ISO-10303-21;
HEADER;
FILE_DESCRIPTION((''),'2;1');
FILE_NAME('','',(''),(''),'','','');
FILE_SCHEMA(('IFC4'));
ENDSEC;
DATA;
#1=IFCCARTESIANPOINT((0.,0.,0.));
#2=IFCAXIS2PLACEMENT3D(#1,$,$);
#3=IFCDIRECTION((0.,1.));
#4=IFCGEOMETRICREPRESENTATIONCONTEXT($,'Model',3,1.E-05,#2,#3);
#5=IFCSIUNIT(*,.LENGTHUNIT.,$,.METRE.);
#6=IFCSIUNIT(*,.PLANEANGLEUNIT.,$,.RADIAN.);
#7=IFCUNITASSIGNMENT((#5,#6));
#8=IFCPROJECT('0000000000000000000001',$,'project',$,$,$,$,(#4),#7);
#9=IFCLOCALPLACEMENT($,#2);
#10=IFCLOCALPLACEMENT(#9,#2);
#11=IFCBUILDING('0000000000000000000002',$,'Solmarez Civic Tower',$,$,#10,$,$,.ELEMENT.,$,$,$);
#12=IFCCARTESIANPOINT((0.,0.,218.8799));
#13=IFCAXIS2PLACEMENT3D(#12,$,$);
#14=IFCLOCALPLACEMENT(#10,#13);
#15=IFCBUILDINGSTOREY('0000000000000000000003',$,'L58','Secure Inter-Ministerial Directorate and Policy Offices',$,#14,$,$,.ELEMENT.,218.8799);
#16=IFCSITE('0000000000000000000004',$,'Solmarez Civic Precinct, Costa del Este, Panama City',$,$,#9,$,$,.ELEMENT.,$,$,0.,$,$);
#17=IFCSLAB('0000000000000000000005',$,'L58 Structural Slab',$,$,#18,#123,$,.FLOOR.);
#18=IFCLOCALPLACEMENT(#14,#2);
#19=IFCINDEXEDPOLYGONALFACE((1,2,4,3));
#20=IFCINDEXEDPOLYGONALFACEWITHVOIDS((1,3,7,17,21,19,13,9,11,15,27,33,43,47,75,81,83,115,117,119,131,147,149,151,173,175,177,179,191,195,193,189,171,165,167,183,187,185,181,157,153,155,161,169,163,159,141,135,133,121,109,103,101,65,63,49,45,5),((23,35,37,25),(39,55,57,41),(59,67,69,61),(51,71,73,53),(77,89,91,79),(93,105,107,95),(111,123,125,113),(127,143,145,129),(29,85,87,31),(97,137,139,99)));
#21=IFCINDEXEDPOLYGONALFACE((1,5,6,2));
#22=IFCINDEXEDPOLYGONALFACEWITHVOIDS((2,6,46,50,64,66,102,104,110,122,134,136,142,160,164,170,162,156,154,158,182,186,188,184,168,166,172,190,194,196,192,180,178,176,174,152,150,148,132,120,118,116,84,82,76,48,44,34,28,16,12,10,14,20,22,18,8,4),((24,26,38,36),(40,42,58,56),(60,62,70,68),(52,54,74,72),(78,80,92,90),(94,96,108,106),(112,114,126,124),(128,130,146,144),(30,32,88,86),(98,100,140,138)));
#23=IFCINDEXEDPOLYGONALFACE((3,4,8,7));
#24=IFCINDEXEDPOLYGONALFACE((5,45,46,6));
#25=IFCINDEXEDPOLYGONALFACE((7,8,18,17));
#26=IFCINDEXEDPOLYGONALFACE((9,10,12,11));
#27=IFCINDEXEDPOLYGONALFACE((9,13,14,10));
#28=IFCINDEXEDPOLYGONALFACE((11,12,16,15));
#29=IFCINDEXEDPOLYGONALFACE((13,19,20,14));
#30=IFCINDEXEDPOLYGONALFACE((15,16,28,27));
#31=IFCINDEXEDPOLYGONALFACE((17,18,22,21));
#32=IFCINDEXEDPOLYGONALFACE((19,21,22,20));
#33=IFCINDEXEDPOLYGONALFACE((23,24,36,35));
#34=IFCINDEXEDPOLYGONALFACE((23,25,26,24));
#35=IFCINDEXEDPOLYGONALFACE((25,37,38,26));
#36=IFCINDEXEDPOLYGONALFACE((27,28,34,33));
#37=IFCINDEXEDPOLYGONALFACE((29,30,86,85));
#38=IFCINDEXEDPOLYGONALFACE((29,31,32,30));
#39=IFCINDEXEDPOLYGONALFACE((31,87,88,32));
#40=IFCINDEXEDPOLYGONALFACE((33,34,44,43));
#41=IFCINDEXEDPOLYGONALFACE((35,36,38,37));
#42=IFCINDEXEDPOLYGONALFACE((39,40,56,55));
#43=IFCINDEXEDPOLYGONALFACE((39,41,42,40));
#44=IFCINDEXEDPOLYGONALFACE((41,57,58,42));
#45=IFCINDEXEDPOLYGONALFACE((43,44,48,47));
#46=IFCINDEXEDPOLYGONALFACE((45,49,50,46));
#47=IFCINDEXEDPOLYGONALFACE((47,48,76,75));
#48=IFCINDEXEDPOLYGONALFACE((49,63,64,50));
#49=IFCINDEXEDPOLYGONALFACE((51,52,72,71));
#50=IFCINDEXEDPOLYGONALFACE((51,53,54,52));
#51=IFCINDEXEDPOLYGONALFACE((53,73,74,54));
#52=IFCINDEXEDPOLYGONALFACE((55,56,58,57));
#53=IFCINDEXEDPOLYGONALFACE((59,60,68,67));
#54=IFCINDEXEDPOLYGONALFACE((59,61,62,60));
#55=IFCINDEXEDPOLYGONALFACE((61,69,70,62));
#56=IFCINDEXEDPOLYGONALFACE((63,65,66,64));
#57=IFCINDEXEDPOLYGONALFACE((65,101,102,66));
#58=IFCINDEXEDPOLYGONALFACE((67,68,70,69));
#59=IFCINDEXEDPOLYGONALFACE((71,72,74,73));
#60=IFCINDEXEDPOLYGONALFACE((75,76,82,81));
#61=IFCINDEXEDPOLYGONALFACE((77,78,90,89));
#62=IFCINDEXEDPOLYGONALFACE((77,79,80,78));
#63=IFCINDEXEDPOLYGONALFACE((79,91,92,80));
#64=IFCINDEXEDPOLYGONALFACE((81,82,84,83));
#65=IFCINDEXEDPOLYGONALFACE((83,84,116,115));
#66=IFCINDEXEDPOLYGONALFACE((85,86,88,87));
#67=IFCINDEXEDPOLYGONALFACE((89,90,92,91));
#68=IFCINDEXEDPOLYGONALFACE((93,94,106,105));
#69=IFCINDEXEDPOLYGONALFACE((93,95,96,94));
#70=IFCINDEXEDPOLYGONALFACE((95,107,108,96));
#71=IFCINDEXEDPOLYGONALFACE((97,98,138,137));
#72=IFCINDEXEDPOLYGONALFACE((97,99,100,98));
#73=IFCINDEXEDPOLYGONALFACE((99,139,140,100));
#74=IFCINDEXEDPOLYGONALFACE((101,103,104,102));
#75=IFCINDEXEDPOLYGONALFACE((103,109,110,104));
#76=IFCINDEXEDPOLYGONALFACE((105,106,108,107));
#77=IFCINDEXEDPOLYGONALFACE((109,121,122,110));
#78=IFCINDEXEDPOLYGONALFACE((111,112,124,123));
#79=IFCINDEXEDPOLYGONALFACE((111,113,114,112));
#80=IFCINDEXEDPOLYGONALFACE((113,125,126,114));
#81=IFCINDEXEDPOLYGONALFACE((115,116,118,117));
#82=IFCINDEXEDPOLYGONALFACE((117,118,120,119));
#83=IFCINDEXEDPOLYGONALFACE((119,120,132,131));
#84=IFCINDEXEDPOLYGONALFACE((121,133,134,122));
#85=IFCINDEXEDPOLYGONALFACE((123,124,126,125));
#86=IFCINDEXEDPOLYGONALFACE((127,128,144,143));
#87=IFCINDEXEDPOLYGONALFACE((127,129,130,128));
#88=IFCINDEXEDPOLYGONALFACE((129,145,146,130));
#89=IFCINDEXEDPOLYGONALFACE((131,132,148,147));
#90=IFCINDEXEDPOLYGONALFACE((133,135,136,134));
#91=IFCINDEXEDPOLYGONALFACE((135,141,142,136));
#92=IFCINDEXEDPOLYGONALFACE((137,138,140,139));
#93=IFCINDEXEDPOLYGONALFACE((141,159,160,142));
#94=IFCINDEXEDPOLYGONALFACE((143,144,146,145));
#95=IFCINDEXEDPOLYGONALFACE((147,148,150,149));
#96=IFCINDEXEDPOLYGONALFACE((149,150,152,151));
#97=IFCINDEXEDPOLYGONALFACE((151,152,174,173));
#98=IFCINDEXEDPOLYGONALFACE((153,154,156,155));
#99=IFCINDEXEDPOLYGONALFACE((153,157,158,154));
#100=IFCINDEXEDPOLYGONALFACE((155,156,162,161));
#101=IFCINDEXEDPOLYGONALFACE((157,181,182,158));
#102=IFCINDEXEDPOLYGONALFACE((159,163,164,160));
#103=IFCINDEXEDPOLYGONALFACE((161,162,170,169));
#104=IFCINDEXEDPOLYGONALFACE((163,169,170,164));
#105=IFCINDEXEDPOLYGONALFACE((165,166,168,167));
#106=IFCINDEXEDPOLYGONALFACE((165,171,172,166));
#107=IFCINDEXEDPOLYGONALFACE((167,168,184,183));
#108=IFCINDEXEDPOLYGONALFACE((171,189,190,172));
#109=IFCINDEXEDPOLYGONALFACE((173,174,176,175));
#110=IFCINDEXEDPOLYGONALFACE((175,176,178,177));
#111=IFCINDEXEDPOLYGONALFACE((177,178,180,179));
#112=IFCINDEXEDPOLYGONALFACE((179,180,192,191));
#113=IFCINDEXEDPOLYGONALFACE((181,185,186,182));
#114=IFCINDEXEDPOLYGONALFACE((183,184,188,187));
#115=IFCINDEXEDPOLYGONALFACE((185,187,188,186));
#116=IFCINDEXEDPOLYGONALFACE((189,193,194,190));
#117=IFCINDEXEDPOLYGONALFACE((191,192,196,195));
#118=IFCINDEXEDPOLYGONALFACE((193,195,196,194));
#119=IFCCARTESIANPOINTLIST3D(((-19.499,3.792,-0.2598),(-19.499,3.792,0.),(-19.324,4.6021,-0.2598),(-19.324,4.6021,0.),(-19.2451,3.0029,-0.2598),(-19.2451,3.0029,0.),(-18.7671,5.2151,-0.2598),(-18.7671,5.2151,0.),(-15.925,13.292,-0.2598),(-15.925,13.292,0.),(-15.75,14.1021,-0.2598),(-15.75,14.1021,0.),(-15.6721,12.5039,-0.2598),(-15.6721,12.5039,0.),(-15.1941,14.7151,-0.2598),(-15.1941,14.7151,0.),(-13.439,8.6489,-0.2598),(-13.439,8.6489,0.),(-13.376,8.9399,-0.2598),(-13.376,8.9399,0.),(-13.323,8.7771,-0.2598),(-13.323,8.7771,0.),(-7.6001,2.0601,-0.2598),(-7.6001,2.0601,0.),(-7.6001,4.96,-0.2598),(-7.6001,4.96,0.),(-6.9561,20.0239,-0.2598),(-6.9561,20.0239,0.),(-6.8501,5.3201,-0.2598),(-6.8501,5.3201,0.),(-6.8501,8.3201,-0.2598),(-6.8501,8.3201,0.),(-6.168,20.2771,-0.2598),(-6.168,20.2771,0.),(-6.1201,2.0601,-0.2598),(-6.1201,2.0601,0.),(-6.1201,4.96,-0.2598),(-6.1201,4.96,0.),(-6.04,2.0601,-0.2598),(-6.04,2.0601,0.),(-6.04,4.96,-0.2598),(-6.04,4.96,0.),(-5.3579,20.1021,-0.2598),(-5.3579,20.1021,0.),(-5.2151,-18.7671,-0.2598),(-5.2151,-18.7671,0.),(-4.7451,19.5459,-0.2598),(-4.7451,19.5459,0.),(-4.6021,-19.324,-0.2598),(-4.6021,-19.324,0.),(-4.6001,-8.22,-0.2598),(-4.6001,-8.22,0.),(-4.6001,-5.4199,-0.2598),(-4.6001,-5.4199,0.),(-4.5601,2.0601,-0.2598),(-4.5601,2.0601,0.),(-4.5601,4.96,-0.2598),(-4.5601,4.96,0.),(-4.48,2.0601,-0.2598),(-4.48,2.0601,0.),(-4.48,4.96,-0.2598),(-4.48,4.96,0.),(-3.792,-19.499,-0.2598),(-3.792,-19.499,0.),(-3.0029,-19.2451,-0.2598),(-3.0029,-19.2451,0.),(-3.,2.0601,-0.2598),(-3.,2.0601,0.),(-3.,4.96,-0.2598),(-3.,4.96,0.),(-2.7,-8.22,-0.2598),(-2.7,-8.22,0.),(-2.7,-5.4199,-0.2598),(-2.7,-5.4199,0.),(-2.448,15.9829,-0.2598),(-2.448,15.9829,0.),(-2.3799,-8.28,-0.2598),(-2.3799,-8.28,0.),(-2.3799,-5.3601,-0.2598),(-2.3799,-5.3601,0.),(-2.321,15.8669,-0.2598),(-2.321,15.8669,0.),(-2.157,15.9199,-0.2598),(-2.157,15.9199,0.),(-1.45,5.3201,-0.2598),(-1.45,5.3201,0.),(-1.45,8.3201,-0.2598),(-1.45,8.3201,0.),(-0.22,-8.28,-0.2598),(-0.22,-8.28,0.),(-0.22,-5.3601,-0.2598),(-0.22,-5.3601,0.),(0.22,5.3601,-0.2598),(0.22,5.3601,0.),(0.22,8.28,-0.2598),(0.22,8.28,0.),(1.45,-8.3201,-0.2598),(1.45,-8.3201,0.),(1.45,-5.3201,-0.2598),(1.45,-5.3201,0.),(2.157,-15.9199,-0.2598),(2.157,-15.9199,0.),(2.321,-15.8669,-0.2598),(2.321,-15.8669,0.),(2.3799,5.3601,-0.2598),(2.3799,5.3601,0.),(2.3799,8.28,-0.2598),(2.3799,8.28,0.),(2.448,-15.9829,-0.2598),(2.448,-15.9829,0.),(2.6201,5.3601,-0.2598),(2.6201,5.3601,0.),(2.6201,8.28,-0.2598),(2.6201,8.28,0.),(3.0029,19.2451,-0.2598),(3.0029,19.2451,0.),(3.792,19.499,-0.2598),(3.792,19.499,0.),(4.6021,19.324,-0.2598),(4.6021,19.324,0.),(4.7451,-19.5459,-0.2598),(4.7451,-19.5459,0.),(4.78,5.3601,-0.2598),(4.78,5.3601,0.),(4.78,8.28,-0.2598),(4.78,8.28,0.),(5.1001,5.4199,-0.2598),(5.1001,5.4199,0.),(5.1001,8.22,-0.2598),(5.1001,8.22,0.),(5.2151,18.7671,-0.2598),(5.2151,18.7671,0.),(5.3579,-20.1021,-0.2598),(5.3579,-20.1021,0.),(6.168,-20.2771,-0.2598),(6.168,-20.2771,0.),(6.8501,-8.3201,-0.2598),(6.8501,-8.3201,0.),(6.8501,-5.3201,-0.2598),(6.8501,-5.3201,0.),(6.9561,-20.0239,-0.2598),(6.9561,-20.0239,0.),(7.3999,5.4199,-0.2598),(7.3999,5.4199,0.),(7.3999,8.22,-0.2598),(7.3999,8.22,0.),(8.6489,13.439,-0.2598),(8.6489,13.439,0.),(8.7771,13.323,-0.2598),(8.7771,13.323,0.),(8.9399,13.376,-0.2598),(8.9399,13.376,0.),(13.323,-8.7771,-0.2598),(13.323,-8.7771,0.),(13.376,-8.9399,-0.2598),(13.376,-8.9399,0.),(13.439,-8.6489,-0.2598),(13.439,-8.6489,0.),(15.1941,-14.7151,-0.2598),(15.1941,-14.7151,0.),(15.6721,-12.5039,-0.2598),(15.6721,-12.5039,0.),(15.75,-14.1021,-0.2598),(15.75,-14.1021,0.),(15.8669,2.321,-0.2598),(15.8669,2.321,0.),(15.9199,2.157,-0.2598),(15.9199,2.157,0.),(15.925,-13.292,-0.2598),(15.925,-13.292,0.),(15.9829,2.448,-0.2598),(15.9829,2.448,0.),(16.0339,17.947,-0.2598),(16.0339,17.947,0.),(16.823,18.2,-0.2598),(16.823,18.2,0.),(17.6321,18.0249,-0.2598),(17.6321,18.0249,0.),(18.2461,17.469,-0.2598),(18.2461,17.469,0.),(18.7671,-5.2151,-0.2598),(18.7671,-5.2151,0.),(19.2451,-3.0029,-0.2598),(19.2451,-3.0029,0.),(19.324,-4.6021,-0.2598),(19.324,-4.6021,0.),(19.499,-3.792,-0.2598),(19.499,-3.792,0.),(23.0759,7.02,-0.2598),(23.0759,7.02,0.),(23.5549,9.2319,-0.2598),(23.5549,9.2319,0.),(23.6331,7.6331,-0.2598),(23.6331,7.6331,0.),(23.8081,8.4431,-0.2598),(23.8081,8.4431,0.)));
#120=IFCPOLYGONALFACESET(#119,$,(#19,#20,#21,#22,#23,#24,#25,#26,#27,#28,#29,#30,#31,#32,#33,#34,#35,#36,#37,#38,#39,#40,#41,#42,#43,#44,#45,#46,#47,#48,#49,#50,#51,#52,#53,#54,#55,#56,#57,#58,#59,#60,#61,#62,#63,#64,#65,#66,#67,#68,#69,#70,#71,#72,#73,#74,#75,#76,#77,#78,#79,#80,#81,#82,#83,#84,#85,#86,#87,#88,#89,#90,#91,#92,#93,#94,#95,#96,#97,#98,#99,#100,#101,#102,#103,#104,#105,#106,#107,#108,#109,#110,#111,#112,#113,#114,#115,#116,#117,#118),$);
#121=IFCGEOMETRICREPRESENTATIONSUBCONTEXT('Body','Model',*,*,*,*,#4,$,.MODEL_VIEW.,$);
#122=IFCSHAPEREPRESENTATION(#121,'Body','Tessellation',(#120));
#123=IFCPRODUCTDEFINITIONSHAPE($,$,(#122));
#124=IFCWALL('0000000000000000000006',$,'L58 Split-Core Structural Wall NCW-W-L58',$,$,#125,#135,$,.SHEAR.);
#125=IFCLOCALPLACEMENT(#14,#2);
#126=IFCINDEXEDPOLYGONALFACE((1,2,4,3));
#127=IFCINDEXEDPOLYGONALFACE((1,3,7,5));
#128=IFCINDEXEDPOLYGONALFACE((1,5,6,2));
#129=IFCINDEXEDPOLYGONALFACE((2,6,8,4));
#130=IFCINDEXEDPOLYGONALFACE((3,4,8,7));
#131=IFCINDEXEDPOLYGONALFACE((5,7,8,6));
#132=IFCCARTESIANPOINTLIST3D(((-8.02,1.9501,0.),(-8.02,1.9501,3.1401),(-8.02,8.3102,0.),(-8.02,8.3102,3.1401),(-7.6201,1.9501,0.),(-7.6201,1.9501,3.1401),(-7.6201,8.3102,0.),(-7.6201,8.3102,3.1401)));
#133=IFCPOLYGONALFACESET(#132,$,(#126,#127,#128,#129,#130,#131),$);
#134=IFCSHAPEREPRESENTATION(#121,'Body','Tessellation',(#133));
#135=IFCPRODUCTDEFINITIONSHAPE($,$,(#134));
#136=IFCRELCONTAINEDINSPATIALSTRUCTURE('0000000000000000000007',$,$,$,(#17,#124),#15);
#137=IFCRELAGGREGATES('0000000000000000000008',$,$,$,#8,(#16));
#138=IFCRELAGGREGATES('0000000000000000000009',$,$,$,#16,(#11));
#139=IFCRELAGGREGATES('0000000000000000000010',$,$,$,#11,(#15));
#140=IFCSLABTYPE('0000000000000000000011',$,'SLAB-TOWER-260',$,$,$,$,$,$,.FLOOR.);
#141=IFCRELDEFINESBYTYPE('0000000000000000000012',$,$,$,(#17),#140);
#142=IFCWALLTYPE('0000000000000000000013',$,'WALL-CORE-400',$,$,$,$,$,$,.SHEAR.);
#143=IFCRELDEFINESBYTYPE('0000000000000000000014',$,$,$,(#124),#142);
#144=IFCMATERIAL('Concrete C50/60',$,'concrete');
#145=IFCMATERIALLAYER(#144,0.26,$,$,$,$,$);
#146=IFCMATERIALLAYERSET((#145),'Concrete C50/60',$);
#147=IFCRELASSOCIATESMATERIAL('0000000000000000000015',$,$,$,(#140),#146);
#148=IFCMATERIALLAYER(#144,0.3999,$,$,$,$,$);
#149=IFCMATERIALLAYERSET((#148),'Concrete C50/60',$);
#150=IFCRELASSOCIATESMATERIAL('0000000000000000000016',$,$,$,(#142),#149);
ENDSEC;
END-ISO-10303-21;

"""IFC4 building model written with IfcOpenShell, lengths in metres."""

from ifc_helpers import new_model, si_unit, direction, frame, frame_2d, origin, place, context, subcontext, project, spatial, polyline, rectangle, outline, extrude, material, layer, layer_set, type_object, element, save


model = new_model("IFC4")

# Units and contexts
model_context = context("Model", 3, precision=1e-05, world=origin(), true_north=direction((0.0, 1.0)))
body_context = subcontext(model_context, "Body", "Model", "MODEL_VIEW")
ifc_project = project(units=[si_unit("LENGTHUNIT", "METRE"), si_unit("PLANEANGLEUNIT", "RADIAN")], contexts=[model_context])

# Site, building, storey
site_placement = place(None, origin())
site = spatial("IfcSite", under=ifc_project, at=site_placement, Name="Solmarez Civic Precinct, Costa del Este, Panama City", CompositionType="ELEMENT", RefElevation=0.0)
building_placement = place(site_placement, origin())
building = spatial("IfcBuilding", under=site, at=building_placement, Name="Solmarez Civic Tower", CompositionType="ELEMENT")
storey_placement = place(building_placement, frame((0.0, 0.0, 218.8799)))
storey = spatial("IfcBuildingStorey", under=building, at=storey_placement, Name="L58", Description="Secure Inter-Ministerial Directorate and Policy Offices", CompositionType="ELEMENT", Elevation=218.8799)

# Shared definitions
ifc_material_1 = material(Name="Concrete C50/60", Category="concrete")

# Slab
ifc_layer_1 = layer(ifc_material_1, 0.26)
ifc_layer_set_1 = layer_set([ifc_layer_1], Name="Concrete C50/60")
slab_type_1 = type_object("IfcSlabType", Name="SLAB-TOWER-260", PredefinedType="FLOOR", material=ifc_layer_set_1)
slab_1_placement = place(storey_placement, frame((0.0, 0.0, -0.2598)))
element("IfcSlab", 1, at=slab_1_placement, inside=storey, type_object=slab_type_1, Name="L58 Structural Slab", PredefinedType="FLOOR", context=body_context, shape_type="SweptSolid", body=[
    extrude(outline(polyline([(2.448, -15.9829), (4.7451, -19.5459), (5.3579, -20.1021), (6.168, -20.2771), (6.9561, -20.0239), (15.1941, -14.7151), (15.75, -14.1021), (15.925, -13.292), (15.6721, -12.5039), (13.376, -8.9399), (13.323, -8.7771), (13.439, -8.6489), (18.7671, -5.2151), (19.324, -4.6021), (19.499, -3.792), (19.2451, -3.0029), (15.9199, 2.157), (15.8669, 2.321), (15.9829, 2.448), (23.0759, 7.02), (23.6331, 7.6331), (23.8081, 8.4431), (23.5549, 9.2319), (18.2461, 17.469), (17.6321, 18.0249), (16.823, 18.2), (16.0339, 17.947), (8.9399, 13.376), (8.7771, 13.323), (8.6489, 13.439), (5.2151, 18.7671), (4.6021, 19.324), (3.792, 19.499), (3.0029, 19.2451), (-2.157, 15.9199), (-2.321, 15.8669), (-2.448, 15.9829), (-4.7451, 19.5459), (-5.3579, 20.1021), (-6.168, 20.2771), (-6.9561, 20.0239), (-15.1941, 14.7151), (-15.75, 14.1021), (-15.925, 13.292), (-15.6721, 12.5039), (-13.376, 8.9399), (-13.323, 8.7771), (-13.439, 8.6489), (-18.7671, 5.2151), (-19.324, 4.6021), (-19.499, 3.792), (-19.2451, 3.0029), (-5.2151, -18.7671), (-4.6021, -19.324), (-3.792, -19.499), (-3.0029, -19.2451), (2.157, -15.9199), (2.321, -15.8669), (2.448, -15.9829)]), holes=[polyline([(-1.45, 8.3201), (-6.8501, 8.3201), (-6.8501, 5.3201), (-1.45, 5.3201), (-1.45, 8.3201)]), polyline([(1.45, -8.3201), (6.8501, -8.3201), (6.8501, -5.3201), (1.45, -5.3201), (1.45, -8.3201)]), polyline([(0.22, 5.3601), (2.3799, 5.3601), (2.3799, 8.28), (0.22, 8.28), (0.22, 5.3601)]), polyline([(2.6201, 5.3601), (4.78, 5.3601), (4.78, 8.28), (2.6201, 8.28), (2.6201, 5.3601)]), polyline([(-2.3799, -8.28), (-0.22, -8.28), (-0.22, -5.3601), (-2.3799, -5.3601), (-2.3799, -8.28)]), polyline([(-7.6001, 2.0601), (-6.1201, 2.0601), (-6.1201, 4.96), (-7.6001, 4.96), (-7.6001, 2.0601)]), polyline([(-6.04, 2.0601), (-4.5601, 2.0601), (-4.5601, 4.96), (-6.04, 4.96), (-6.04, 2.0601)]), polyline([(-4.48, 2.0601), (-3.0, 2.0601), (-3.0, 4.96), (-4.48, 4.96), (-4.48, 2.0601)]), polyline([(5.1001, 5.4199), (7.3999, 5.4199), (7.3999, 8.22), (5.1001, 8.22), (5.1001, 5.4199)]), polyline([(-4.6001, -8.22), (-2.7, -8.22), (-2.7, -5.4199), (-4.6001, -5.4199), (-4.6001, -8.22)])]), origin(), (0.0, 0.0, 1.0), 0.2598),
])

# Wall
ifc_layer_2 = layer(ifc_material_1, 0.3999)
ifc_layer_set_2 = layer_set([ifc_layer_2], Name="Concrete C50/60")
wall_type_1 = type_object("IfcWallType", Name="WALL-CORE-400", PredefinedType="SHEAR", material=ifc_layer_set_2)
wall_1_placement = place(storey_placement, frame((-7.8201, 1.95, 0.0), z_axis=(0.0, 0.0, 1.0), x_axis=(0.0, 1.0, 0.0)))
element("IfcWall", 2, at=wall_1_placement, inside=storey, type_object=wall_type_1, Name="L58 Split-Core Structural Wall NCW-W-L58", PredefinedType="SHEAR", context=body_context, shape_type="SweptSolid", body=[
    extrude(rectangle(XDim=6.3601, YDim=0.3999, at=frame_2d((3.1802, 0.0))), origin(), (0.0, 0.0, 1.0), 3.1401),
])

save(model, "model.ifc")
